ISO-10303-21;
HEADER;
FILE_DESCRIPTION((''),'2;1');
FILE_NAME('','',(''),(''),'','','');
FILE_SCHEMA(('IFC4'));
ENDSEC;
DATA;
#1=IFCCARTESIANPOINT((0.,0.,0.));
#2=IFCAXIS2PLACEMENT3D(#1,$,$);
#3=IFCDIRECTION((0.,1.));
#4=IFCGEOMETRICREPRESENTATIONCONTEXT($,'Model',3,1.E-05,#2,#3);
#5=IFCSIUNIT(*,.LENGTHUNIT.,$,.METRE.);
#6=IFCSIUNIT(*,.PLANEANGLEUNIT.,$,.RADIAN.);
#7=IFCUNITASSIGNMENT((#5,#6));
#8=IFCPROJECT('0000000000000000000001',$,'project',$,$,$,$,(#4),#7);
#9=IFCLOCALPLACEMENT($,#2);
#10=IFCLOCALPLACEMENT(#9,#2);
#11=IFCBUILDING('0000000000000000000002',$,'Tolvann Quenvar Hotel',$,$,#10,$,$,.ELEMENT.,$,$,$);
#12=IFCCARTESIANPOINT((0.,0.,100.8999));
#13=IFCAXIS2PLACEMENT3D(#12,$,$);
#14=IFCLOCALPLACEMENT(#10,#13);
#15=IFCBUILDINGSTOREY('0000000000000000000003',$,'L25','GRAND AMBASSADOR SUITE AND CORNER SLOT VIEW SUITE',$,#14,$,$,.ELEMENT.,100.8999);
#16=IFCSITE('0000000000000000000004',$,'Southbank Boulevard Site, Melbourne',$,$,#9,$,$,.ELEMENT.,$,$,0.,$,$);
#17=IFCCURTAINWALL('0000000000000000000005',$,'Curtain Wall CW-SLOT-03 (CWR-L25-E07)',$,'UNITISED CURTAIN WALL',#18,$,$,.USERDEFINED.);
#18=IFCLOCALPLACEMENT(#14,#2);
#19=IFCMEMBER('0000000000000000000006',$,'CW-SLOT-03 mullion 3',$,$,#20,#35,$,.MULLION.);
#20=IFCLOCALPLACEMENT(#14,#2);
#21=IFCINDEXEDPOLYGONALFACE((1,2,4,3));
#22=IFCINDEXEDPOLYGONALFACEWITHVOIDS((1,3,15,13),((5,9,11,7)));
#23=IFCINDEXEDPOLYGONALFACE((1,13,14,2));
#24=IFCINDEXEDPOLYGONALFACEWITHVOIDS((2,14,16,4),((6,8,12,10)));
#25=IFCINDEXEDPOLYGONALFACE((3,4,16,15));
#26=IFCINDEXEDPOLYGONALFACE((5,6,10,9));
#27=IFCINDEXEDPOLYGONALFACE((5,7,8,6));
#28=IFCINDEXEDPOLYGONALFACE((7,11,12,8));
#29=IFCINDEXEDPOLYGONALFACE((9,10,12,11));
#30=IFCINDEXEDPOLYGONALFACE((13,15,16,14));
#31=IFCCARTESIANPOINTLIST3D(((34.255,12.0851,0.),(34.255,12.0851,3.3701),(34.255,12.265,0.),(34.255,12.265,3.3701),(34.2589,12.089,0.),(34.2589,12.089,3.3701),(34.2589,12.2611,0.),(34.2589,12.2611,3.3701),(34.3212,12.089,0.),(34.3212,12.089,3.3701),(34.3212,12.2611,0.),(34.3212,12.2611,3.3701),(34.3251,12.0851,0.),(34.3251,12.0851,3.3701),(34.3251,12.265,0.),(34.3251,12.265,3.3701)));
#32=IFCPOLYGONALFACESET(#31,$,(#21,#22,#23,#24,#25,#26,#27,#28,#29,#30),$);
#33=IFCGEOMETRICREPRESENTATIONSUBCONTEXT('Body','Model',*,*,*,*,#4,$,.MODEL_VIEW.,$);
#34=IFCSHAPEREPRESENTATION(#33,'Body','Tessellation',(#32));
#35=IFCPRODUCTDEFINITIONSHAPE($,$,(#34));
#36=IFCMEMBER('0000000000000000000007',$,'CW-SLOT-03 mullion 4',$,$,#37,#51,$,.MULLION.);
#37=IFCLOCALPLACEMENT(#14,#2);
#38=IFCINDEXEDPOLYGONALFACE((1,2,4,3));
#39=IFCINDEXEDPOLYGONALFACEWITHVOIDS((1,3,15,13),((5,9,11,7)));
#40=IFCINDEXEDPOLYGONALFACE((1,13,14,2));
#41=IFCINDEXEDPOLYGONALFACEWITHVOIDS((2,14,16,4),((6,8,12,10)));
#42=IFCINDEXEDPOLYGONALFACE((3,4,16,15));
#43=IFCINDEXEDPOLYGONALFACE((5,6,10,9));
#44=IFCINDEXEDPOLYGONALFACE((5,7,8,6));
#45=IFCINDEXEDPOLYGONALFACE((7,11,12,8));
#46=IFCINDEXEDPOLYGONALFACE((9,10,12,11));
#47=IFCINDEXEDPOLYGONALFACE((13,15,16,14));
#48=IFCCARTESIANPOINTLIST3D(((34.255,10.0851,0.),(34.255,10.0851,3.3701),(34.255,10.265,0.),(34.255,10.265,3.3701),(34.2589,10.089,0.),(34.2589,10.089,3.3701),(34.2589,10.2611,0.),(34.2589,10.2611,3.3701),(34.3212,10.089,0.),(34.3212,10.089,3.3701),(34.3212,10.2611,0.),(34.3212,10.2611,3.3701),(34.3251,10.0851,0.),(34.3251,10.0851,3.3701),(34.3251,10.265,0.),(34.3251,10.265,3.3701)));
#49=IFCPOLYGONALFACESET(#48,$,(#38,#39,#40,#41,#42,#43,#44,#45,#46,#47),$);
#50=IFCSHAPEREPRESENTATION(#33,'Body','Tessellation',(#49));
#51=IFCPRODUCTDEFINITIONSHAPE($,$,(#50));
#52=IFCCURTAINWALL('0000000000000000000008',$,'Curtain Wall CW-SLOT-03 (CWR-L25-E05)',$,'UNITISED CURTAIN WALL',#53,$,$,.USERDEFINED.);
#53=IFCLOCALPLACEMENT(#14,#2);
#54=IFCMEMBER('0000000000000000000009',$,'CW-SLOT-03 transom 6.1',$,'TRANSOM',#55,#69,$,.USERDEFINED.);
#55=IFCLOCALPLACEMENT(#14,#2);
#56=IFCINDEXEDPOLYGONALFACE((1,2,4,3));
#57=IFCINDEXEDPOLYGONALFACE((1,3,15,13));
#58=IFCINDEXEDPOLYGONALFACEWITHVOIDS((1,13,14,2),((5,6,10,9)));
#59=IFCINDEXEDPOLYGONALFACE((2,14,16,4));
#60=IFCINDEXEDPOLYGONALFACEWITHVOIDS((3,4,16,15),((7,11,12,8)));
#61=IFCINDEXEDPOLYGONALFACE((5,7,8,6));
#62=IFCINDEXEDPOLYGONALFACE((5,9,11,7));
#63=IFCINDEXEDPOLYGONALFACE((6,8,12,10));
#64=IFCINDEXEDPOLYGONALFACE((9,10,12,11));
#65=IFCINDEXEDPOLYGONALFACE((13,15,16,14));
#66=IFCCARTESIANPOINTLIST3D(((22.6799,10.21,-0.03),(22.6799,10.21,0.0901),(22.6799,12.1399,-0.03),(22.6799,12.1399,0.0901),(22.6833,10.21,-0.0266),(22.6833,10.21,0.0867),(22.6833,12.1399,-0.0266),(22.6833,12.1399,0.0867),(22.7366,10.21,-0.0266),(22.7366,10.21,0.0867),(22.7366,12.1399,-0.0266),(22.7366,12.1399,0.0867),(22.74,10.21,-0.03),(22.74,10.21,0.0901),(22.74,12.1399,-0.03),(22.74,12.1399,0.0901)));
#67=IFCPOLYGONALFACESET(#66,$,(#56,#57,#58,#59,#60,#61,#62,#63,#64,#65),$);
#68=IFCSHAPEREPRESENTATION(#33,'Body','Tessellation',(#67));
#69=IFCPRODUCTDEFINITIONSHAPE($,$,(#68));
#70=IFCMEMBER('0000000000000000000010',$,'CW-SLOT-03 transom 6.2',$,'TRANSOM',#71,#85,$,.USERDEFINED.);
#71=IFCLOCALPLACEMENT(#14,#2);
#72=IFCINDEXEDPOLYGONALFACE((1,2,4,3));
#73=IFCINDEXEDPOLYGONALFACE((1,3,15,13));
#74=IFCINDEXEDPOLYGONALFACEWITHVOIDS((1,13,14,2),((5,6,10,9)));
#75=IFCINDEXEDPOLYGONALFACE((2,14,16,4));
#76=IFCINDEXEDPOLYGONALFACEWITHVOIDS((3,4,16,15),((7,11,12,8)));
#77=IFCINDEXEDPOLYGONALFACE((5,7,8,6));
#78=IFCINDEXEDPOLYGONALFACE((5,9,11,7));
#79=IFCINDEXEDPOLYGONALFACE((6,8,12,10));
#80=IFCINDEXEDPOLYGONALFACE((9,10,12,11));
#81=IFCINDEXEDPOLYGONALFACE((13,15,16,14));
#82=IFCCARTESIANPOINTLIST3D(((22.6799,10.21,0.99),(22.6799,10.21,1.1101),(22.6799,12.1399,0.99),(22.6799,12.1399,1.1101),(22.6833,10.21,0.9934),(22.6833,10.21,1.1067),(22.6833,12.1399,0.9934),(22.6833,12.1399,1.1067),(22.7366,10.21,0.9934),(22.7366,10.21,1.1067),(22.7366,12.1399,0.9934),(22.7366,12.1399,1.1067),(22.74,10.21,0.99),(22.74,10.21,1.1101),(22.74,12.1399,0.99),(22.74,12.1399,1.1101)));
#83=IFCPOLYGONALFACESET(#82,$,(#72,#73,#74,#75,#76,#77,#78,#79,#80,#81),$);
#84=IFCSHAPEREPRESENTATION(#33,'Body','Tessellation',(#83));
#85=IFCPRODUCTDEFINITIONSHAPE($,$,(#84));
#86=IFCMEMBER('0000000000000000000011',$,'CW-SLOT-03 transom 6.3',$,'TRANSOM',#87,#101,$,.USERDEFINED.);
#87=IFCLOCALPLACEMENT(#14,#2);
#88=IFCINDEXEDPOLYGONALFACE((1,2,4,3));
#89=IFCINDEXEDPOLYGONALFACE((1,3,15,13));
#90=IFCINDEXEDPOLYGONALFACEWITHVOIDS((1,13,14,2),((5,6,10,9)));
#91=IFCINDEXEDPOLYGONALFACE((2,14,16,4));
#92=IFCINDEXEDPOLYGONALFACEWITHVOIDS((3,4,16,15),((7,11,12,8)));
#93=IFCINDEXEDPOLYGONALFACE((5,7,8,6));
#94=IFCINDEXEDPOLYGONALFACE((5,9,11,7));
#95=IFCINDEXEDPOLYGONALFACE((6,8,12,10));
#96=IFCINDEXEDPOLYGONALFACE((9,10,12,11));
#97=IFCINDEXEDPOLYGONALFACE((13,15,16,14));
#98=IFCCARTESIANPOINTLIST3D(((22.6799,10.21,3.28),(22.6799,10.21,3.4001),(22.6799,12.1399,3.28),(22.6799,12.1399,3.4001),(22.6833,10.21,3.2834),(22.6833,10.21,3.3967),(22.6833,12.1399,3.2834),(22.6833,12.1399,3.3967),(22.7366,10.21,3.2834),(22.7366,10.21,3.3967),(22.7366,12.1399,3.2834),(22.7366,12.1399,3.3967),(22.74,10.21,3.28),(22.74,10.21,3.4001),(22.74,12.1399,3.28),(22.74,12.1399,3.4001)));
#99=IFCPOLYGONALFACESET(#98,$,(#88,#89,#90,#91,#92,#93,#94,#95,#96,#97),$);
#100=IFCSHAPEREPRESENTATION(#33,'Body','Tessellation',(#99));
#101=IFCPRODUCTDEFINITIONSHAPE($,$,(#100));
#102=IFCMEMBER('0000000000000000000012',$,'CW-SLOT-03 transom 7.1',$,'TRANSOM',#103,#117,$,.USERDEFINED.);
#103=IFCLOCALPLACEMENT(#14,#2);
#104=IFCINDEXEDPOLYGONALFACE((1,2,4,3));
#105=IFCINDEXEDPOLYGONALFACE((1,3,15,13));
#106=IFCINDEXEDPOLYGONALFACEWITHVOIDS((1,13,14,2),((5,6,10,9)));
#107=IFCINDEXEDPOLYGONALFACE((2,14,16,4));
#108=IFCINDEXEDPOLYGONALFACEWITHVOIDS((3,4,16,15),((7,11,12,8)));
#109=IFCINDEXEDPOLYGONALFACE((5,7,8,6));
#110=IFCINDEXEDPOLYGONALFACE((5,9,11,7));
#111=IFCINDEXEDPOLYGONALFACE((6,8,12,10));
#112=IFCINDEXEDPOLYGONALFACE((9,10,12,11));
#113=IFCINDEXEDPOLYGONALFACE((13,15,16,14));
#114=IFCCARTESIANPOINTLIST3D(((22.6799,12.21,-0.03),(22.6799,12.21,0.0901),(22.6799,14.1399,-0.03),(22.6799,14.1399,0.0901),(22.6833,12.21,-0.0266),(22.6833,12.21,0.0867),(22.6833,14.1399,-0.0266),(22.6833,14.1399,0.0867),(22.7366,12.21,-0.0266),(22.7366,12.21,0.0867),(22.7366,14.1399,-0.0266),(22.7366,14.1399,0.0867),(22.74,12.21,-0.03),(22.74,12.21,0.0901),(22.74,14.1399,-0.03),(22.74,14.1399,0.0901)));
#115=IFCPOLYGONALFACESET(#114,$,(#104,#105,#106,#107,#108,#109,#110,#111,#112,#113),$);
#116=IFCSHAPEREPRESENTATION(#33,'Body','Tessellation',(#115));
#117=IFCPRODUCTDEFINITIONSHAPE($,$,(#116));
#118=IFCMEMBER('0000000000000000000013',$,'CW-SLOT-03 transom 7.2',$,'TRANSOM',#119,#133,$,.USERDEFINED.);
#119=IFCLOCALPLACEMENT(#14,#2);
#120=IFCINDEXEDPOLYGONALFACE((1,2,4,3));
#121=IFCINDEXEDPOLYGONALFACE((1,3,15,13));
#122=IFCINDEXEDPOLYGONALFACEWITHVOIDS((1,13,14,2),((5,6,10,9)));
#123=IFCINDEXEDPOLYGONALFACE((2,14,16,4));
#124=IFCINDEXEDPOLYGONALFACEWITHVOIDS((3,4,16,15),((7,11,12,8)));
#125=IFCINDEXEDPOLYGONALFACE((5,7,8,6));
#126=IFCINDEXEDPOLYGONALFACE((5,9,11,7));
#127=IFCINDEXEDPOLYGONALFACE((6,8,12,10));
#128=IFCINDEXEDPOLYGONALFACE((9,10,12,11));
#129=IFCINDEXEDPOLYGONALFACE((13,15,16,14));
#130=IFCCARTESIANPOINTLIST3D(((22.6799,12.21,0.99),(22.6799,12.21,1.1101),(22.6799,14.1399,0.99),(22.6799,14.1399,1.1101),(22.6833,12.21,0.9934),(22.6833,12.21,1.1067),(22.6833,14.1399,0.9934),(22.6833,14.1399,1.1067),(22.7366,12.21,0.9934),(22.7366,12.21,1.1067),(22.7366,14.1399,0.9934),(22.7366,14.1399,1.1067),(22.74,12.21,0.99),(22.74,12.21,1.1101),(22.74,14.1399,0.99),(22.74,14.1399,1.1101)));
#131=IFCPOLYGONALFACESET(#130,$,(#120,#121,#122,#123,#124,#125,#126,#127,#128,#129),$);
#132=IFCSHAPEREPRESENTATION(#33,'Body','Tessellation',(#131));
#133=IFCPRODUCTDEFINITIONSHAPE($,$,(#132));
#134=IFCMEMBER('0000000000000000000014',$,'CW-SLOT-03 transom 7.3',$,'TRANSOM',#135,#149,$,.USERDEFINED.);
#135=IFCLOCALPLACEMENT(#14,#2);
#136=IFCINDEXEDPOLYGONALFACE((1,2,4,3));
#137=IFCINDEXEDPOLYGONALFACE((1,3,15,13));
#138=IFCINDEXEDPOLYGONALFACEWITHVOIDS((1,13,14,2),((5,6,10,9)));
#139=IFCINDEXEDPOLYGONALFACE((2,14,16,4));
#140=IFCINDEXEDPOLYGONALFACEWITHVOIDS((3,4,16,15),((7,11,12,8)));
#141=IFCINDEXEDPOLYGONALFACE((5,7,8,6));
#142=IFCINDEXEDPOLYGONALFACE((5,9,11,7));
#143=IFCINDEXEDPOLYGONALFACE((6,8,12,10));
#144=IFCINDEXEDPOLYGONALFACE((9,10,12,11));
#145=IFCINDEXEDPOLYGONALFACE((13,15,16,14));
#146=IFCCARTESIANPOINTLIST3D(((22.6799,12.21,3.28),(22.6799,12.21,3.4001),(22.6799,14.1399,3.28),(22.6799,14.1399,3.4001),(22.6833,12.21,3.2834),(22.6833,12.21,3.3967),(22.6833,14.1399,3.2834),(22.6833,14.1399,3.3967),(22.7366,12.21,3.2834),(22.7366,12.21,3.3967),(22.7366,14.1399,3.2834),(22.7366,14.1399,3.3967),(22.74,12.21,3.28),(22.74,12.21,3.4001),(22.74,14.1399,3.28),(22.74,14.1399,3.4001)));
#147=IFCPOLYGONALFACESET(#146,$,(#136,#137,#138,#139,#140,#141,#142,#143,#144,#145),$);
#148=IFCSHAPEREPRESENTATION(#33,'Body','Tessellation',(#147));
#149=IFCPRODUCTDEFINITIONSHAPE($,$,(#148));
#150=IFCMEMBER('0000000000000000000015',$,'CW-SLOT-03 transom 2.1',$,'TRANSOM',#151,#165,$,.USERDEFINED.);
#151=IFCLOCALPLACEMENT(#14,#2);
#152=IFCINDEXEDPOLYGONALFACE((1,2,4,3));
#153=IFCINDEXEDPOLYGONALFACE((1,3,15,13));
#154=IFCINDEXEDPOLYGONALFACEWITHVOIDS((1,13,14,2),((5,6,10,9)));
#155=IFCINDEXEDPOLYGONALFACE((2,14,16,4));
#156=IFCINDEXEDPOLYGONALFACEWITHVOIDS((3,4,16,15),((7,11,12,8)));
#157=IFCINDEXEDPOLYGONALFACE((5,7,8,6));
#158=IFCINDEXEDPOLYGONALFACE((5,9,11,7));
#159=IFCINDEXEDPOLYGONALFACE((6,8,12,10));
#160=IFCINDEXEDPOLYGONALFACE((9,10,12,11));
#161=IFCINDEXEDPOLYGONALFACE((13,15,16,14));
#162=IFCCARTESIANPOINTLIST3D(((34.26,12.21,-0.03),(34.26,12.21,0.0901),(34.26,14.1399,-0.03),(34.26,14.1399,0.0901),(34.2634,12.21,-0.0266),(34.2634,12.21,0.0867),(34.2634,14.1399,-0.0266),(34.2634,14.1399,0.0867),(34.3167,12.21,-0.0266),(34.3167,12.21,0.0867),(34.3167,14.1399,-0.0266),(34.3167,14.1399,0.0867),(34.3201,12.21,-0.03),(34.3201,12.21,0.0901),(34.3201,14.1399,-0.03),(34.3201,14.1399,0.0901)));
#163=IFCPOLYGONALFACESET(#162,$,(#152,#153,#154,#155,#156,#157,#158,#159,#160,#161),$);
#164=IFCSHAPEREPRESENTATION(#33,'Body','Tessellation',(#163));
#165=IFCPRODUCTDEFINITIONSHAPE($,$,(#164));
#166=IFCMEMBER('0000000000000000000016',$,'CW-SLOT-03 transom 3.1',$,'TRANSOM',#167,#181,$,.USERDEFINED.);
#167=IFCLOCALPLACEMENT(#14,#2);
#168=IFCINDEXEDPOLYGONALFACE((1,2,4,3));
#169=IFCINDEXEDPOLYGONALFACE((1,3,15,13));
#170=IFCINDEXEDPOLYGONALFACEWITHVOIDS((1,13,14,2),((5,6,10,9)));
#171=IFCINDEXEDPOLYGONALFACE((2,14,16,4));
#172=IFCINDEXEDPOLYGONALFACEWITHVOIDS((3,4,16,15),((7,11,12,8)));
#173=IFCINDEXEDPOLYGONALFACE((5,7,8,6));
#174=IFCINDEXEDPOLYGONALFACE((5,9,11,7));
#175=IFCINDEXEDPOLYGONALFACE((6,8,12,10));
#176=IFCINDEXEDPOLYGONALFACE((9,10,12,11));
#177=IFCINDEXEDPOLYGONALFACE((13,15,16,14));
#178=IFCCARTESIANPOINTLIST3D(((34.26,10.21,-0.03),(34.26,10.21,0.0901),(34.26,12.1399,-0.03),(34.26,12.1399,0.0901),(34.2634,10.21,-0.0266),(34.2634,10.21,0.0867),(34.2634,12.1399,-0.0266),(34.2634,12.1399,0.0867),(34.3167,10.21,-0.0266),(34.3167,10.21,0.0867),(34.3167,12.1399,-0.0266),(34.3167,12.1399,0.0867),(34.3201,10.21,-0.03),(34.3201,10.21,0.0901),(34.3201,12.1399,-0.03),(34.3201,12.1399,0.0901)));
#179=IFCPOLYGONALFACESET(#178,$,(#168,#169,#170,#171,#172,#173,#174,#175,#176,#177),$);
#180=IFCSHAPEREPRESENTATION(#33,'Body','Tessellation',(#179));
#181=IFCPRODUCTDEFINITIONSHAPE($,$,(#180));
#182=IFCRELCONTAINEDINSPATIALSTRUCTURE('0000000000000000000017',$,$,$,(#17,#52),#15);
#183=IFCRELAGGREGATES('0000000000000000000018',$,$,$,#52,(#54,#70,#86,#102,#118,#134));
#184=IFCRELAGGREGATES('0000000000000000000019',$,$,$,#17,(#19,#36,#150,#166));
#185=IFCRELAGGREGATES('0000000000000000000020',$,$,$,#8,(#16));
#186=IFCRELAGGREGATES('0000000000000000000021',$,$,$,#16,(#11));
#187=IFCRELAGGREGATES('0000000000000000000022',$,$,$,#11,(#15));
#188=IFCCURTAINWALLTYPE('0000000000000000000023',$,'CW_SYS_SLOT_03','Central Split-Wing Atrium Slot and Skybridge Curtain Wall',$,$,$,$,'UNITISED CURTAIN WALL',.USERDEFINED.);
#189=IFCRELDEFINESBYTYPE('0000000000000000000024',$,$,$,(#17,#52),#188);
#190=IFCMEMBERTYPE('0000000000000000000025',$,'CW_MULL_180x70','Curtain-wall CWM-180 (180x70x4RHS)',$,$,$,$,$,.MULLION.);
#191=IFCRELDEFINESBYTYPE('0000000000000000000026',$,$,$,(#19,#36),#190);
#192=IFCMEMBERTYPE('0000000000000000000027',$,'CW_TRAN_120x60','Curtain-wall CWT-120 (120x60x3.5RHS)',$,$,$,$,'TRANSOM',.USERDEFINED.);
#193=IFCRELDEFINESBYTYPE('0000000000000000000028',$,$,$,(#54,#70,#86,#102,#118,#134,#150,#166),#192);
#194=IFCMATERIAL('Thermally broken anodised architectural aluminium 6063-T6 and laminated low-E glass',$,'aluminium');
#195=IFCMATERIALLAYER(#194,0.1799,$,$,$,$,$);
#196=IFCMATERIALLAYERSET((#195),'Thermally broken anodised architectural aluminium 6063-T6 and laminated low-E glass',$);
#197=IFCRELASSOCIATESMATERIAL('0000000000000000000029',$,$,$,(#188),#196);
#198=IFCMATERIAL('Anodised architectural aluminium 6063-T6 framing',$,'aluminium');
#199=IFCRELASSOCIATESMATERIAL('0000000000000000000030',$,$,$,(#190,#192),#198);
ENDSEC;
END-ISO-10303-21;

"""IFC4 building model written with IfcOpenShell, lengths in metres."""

from ifc_helpers import new_model, si_unit, direction, frame, origin, origin_2d, place, context, subcontext, project, spatial, hollow_rectangle, extrude, source, transform, mapped, material, layer, layer_set, material_profile, profile_set, type_object, type_shapes, element, aggregate, save


model = new_model("IFC4")

# Units and contexts
model_context = context("Model", 3, precision=1e-05, world=origin(), true_north=direction((0.0, 1.0)))
body_context = subcontext(model_context, "Body", "Model", "MODEL_VIEW")
ifc_project = project(units=[si_unit("LENGTHUNIT", "METRE"), si_unit("PLANEANGLEUNIT", "RADIAN")], contexts=[model_context])

# Site, building, storey
site_placement = place(None, origin())
site = spatial("IfcSite", under=ifc_project, at=site_placement, Name="Southbank Boulevard Site, Melbourne", CompositionType="ELEMENT", RefElevation=0.0)
building_placement = place(site_placement, origin())
building = spatial("IfcBuilding", under=site, at=building_placement, Name="Tolvann Quenvar Hotel", CompositionType="ELEMENT")
storey_placement = place(building_placement, frame((0.0, 0.0, 100.8999)))
storey = spatial("IfcBuildingStorey", under=building, at=storey_placement, Name="L25", Description="GRAND AMBASSADOR SUITE AND CORNER SLOT VIEW SUITE", CompositionType="ELEMENT", Elevation=100.8999)

# Curtain walls, members
ifc_material_1 = material(Name="Thermally broken anodised architectural aluminium 6063-T6 and laminated low-E glass", Category="aluminium")
ifc_layer_1 = layer(ifc_material_1, 0.1799)
ifc_layer_set_1 = layer_set([ifc_layer_1], Name="Thermally broken anodised architectural aluminium 6063-T6 and laminated low-E glass")
curtain_wall_type = type_object("IfcCurtainWallType", Name="CW_SYS_SLOT_03", Description="Central Split-Wing Atrium Slot and Skybridge Curtain Wall", ElementType="UNITISED CURTAIN WALL", PredefinedType="USERDEFINED", material=ifc_layer_set_1)
curtain_wall_1_placement = place(storey_placement, origin())
curtain_wall_1 = element("IfcCurtainWall", 1, at=curtain_wall_1_placement, inside=storey, type_object=curtain_wall_type, Name="Curtain Wall CW-SLOT-03 (CWR-L25-E07)", ObjectType="UNITISED CURTAIN WALL", PredefinedType="USERDEFINED")
ifc_material_2 = material(Name="Anodised architectural aluminium 6063-T6 framing", Category="aluminium")
ifc_material_profile_1 = material_profile(ifc_material_2, hollow_rectangle(XDim=0.0701, YDim=0.1799, WallThickness=0.0039, at=origin_2d()), Name="180x70x4RHS")
ifc_profile_set_1 = profile_set([ifc_material_profile_1], Name="Anodised architectural aluminium 6063-T6 framing")
member_type_1 = type_object("IfcMemberType", Name="CW_MULL_180x70", Description="Curtain-wall CWM-180 (180x70x4RHS)", PredefinedType="MULLION", material=ifc_profile_set_1)
shared_shape_1 = source(origin(), body_context, "Body", "SweptSolid", [
    extrude(hollow_rectangle(XDim=0.0701, YDim=0.1799, WallThickness=0.0039, at=origin_2d()), origin(), (0.0, 0.0, 1.0), 3.3701),
])
type_shapes(member_type_1, [shared_shape_1])
member_1_placement = place(storey_placement, frame((34.29, 12.175, 0.0), z_axis=(0.0, 0.0, 1.0), x_axis=(1.0, 0.0, 0.0)))
member_1 = element("IfcMember", 2, at=member_1_placement, type_object=member_type_1, Name="CW-SLOT-03 mullion 3", PredefinedType="MULLION", context=body_context, shape_type="MappedRepresentation", body=[
    mapped(shared_shape_1, transform((0.0, 0.0, 0.0), x_axis=(1.0, 0.0, 0.0), y_axis=(0.0, 1.0, 0.0), z_axis=(0.0, 0.0, 1.0), scale=1.0)),
])
member_2_placement = place(storey_placement, frame((34.29, 10.175, 0.0), z_axis=(0.0, 0.0, 1.0), x_axis=(1.0, 0.0, 0.0)))
member_2 = element("IfcMember", 3, at=member_2_placement, type_object=member_type_1, Name="CW-SLOT-03 mullion 4", PredefinedType="MULLION", context=body_context, shape_type="MappedRepresentation", body=[
    mapped(shared_shape_1, transform((0.0, 0.0, 0.0), x_axis=(1.0, 0.0, 0.0), y_axis=(0.0, 1.0, 0.0), z_axis=(0.0, 0.0, 1.0), scale=1.0)),
])
curtain_wall_2_placement = place(storey_placement, origin())
curtain_wall_2 = element("IfcCurtainWall", 4, at=curtain_wall_2_placement, inside=storey, type_object=curtain_wall_type, Name="Curtain Wall CW-SLOT-03 (CWR-L25-E05)", ObjectType="UNITISED CURTAIN WALL", PredefinedType="USERDEFINED")
ifc_material_profile_2 = material_profile(ifc_material_2, hollow_rectangle(XDim=0.0601, YDim=0.1201, WallThickness=0.0034, at=origin_2d()), Name="120x60x3.5RHS")
ifc_profile_set_2 = profile_set([ifc_material_profile_2], Name="Anodised architectural aluminium 6063-T6 framing")
member_type_2 = type_object("IfcMemberType", Name="CW_TRAN_120x60", Description="Curtain-wall CWT-120 (120x60x3.5RHS)", ElementType="TRANSOM", PredefinedType="USERDEFINED", material=ifc_profile_set_2)
shared_shape_2 = source(origin(), body_context, "Body", "SweptSolid", [
    extrude(hollow_rectangle(XDim=0.0601, YDim=0.1201, WallThickness=0.0034, at=origin_2d()), origin(), (0.0, 0.0, 1.0), 1.9299),
])
member_3_placement = place(storey_placement, frame((22.71, 10.21, 0.03), z_axis=(0.0, 1.0, 0.0), x_axis=(-1.0, 0.0, 0.0)))
member_3 = element("IfcMember", 5, at=member_3_placement, type_object=member_type_2, Name="CW-SLOT-03 transom 6.1", ObjectType="TRANSOM", PredefinedType="USERDEFINED", context=body_context, shape_type="MappedRepresentation", body=[
    mapped(shared_shape_2, transform((0.0, 0.0, 0.0), x_axis=(1.0, 0.0, 0.0), y_axis=(0.0, 1.0, 0.0), z_axis=(0.0, 0.0, 1.0), scale=1.0)),
])
member_4_placement = place(storey_placement, frame((22.71, 10.21, 1.05), z_axis=(0.0, 1.0, 0.0), x_axis=(-1.0, 0.0, 0.0)))
member_4 = element("IfcMember", 6, at=member_4_placement, type_object=member_type_2, Name="CW-SLOT-03 transom 6.2", ObjectType="TRANSOM", PredefinedType="USERDEFINED", context=body_context, shape_type="MappedRepresentation", body=[
    mapped(shared_shape_2, transform((0.0, 0.0, 0.0), x_axis=(1.0, 0.0, 0.0), y_axis=(0.0, 1.0, 0.0), z_axis=(0.0, 0.0, 1.0), scale=1.0)),
])
member_5_placement = place(storey_placement, frame((22.71, 10.21, 3.3401), z_axis=(0.0, 1.0, 0.0), x_axis=(-1.0, 0.0, 0.0)))
member_5 = element("IfcMember", 7, at=member_5_placement, type_object=member_type_2, Name="CW-SLOT-03 transom 6.3", ObjectType="TRANSOM", PredefinedType="USERDEFINED", context=body_context, shape_type="MappedRepresentation", body=[
    mapped(shared_shape_2, transform((0.0, 0.0, 0.0), x_axis=(1.0, 0.0, 0.0), y_axis=(0.0, 1.0, 0.0), z_axis=(0.0, 0.0, 1.0), scale=1.0)),
])
member_6_placement = place(storey_placement, frame((22.71, 12.21, 0.03), z_axis=(0.0, 1.0, 0.0), x_axis=(-1.0, 0.0, 0.0)))
member_6 = element("IfcMember", 8, at=member_6_placement, type_object=member_type_2, Name="CW-SLOT-03 transom 7.1", ObjectType="TRANSOM", PredefinedType="USERDEFINED", context=body_context, shape_type="MappedRepresentation", body=[
    mapped(shared_shape_2, transform((0.0, 0.0, 0.0), x_axis=(1.0, 0.0, 0.0), y_axis=(0.0, 1.0, 0.0), z_axis=(0.0, 0.0, 1.0), scale=1.0)),
])
member_7_placement = place(storey_placement, frame((22.71, 12.21, 1.05), z_axis=(0.0, 1.0, 0.0), x_axis=(-1.0, 0.0, 0.0)))
member_7 = element("IfcMember", 9, at=member_7_placement, type_object=member_type_2, Name="CW-SLOT-03 transom 7.2", ObjectType="TRANSOM", PredefinedType="USERDEFINED", context=body_context, shape_type="MappedRepresentation", body=[
    mapped(shared_shape_2, transform((0.0, 0.0, 0.0), x_axis=(1.0, 0.0, 0.0), y_axis=(0.0, 1.0, 0.0), z_axis=(0.0, 0.0, 1.0), scale=1.0)),
])
member_8_placement = place(storey_placement, frame((22.71, 12.21, 3.3401), z_axis=(0.0, 1.0, 0.0), x_axis=(-1.0, 0.0, 0.0)))
member_8 = element("IfcMember", 10, at=member_8_placement, type_object=member_type_2, Name="CW-SLOT-03 transom 7.3", ObjectType="TRANSOM", PredefinedType="USERDEFINED", context=body_context, shape_type="MappedRepresentation", body=[
    mapped(shared_shape_2, transform((0.0, 0.0, 0.0), x_axis=(1.0, 0.0, 0.0), y_axis=(0.0, 1.0, 0.0), z_axis=(0.0, 0.0, 1.0), scale=1.0)),
])

# Members
member_9_placement = place(storey_placement, frame((34.29, 14.1399, 0.03), z_axis=(0.0, -1.0, 0.0), x_axis=(1.0, 0.0, 0.0)))
member_9 = element("IfcMember", 11, at=member_9_placement, type_object=member_type_2, Name="CW-SLOT-03 transom 2.1", ObjectType="TRANSOM", PredefinedType="USERDEFINED", context=body_context, shape_type="MappedRepresentation", body=[
    mapped(shared_shape_2, transform((0.0, 0.0, 0.0), x_axis=(1.0, 0.0, 0.0), y_axis=(0.0, 1.0, 0.0), z_axis=(0.0, 0.0, 1.0), scale=1.0)),
])
member_10_placement = place(storey_placement, frame((34.29, 12.1399, 0.03), z_axis=(0.0, -1.0, 0.0), x_axis=(1.0, 0.0, 0.0)))
member_10 = element("IfcMember", 12, at=member_10_placement, type_object=member_type_2, Name="CW-SLOT-03 transom 3.1", ObjectType="TRANSOM", PredefinedType="USERDEFINED", context=body_context, shape_type="MappedRepresentation", body=[
    mapped(shared_shape_2, transform((0.0, 0.0, 0.0), x_axis=(1.0, 0.0, 0.0), y_axis=(0.0, 1.0, 0.0), z_axis=(0.0, 0.0, 1.0), scale=1.0)),
])

aggregate(curtain_wall_2, [member_3, member_4, member_5, member_6, member_7, member_8])
aggregate(curtain_wall_1, [member_1, member_2, member_9, member_10])

save(model, "model.ifc")
